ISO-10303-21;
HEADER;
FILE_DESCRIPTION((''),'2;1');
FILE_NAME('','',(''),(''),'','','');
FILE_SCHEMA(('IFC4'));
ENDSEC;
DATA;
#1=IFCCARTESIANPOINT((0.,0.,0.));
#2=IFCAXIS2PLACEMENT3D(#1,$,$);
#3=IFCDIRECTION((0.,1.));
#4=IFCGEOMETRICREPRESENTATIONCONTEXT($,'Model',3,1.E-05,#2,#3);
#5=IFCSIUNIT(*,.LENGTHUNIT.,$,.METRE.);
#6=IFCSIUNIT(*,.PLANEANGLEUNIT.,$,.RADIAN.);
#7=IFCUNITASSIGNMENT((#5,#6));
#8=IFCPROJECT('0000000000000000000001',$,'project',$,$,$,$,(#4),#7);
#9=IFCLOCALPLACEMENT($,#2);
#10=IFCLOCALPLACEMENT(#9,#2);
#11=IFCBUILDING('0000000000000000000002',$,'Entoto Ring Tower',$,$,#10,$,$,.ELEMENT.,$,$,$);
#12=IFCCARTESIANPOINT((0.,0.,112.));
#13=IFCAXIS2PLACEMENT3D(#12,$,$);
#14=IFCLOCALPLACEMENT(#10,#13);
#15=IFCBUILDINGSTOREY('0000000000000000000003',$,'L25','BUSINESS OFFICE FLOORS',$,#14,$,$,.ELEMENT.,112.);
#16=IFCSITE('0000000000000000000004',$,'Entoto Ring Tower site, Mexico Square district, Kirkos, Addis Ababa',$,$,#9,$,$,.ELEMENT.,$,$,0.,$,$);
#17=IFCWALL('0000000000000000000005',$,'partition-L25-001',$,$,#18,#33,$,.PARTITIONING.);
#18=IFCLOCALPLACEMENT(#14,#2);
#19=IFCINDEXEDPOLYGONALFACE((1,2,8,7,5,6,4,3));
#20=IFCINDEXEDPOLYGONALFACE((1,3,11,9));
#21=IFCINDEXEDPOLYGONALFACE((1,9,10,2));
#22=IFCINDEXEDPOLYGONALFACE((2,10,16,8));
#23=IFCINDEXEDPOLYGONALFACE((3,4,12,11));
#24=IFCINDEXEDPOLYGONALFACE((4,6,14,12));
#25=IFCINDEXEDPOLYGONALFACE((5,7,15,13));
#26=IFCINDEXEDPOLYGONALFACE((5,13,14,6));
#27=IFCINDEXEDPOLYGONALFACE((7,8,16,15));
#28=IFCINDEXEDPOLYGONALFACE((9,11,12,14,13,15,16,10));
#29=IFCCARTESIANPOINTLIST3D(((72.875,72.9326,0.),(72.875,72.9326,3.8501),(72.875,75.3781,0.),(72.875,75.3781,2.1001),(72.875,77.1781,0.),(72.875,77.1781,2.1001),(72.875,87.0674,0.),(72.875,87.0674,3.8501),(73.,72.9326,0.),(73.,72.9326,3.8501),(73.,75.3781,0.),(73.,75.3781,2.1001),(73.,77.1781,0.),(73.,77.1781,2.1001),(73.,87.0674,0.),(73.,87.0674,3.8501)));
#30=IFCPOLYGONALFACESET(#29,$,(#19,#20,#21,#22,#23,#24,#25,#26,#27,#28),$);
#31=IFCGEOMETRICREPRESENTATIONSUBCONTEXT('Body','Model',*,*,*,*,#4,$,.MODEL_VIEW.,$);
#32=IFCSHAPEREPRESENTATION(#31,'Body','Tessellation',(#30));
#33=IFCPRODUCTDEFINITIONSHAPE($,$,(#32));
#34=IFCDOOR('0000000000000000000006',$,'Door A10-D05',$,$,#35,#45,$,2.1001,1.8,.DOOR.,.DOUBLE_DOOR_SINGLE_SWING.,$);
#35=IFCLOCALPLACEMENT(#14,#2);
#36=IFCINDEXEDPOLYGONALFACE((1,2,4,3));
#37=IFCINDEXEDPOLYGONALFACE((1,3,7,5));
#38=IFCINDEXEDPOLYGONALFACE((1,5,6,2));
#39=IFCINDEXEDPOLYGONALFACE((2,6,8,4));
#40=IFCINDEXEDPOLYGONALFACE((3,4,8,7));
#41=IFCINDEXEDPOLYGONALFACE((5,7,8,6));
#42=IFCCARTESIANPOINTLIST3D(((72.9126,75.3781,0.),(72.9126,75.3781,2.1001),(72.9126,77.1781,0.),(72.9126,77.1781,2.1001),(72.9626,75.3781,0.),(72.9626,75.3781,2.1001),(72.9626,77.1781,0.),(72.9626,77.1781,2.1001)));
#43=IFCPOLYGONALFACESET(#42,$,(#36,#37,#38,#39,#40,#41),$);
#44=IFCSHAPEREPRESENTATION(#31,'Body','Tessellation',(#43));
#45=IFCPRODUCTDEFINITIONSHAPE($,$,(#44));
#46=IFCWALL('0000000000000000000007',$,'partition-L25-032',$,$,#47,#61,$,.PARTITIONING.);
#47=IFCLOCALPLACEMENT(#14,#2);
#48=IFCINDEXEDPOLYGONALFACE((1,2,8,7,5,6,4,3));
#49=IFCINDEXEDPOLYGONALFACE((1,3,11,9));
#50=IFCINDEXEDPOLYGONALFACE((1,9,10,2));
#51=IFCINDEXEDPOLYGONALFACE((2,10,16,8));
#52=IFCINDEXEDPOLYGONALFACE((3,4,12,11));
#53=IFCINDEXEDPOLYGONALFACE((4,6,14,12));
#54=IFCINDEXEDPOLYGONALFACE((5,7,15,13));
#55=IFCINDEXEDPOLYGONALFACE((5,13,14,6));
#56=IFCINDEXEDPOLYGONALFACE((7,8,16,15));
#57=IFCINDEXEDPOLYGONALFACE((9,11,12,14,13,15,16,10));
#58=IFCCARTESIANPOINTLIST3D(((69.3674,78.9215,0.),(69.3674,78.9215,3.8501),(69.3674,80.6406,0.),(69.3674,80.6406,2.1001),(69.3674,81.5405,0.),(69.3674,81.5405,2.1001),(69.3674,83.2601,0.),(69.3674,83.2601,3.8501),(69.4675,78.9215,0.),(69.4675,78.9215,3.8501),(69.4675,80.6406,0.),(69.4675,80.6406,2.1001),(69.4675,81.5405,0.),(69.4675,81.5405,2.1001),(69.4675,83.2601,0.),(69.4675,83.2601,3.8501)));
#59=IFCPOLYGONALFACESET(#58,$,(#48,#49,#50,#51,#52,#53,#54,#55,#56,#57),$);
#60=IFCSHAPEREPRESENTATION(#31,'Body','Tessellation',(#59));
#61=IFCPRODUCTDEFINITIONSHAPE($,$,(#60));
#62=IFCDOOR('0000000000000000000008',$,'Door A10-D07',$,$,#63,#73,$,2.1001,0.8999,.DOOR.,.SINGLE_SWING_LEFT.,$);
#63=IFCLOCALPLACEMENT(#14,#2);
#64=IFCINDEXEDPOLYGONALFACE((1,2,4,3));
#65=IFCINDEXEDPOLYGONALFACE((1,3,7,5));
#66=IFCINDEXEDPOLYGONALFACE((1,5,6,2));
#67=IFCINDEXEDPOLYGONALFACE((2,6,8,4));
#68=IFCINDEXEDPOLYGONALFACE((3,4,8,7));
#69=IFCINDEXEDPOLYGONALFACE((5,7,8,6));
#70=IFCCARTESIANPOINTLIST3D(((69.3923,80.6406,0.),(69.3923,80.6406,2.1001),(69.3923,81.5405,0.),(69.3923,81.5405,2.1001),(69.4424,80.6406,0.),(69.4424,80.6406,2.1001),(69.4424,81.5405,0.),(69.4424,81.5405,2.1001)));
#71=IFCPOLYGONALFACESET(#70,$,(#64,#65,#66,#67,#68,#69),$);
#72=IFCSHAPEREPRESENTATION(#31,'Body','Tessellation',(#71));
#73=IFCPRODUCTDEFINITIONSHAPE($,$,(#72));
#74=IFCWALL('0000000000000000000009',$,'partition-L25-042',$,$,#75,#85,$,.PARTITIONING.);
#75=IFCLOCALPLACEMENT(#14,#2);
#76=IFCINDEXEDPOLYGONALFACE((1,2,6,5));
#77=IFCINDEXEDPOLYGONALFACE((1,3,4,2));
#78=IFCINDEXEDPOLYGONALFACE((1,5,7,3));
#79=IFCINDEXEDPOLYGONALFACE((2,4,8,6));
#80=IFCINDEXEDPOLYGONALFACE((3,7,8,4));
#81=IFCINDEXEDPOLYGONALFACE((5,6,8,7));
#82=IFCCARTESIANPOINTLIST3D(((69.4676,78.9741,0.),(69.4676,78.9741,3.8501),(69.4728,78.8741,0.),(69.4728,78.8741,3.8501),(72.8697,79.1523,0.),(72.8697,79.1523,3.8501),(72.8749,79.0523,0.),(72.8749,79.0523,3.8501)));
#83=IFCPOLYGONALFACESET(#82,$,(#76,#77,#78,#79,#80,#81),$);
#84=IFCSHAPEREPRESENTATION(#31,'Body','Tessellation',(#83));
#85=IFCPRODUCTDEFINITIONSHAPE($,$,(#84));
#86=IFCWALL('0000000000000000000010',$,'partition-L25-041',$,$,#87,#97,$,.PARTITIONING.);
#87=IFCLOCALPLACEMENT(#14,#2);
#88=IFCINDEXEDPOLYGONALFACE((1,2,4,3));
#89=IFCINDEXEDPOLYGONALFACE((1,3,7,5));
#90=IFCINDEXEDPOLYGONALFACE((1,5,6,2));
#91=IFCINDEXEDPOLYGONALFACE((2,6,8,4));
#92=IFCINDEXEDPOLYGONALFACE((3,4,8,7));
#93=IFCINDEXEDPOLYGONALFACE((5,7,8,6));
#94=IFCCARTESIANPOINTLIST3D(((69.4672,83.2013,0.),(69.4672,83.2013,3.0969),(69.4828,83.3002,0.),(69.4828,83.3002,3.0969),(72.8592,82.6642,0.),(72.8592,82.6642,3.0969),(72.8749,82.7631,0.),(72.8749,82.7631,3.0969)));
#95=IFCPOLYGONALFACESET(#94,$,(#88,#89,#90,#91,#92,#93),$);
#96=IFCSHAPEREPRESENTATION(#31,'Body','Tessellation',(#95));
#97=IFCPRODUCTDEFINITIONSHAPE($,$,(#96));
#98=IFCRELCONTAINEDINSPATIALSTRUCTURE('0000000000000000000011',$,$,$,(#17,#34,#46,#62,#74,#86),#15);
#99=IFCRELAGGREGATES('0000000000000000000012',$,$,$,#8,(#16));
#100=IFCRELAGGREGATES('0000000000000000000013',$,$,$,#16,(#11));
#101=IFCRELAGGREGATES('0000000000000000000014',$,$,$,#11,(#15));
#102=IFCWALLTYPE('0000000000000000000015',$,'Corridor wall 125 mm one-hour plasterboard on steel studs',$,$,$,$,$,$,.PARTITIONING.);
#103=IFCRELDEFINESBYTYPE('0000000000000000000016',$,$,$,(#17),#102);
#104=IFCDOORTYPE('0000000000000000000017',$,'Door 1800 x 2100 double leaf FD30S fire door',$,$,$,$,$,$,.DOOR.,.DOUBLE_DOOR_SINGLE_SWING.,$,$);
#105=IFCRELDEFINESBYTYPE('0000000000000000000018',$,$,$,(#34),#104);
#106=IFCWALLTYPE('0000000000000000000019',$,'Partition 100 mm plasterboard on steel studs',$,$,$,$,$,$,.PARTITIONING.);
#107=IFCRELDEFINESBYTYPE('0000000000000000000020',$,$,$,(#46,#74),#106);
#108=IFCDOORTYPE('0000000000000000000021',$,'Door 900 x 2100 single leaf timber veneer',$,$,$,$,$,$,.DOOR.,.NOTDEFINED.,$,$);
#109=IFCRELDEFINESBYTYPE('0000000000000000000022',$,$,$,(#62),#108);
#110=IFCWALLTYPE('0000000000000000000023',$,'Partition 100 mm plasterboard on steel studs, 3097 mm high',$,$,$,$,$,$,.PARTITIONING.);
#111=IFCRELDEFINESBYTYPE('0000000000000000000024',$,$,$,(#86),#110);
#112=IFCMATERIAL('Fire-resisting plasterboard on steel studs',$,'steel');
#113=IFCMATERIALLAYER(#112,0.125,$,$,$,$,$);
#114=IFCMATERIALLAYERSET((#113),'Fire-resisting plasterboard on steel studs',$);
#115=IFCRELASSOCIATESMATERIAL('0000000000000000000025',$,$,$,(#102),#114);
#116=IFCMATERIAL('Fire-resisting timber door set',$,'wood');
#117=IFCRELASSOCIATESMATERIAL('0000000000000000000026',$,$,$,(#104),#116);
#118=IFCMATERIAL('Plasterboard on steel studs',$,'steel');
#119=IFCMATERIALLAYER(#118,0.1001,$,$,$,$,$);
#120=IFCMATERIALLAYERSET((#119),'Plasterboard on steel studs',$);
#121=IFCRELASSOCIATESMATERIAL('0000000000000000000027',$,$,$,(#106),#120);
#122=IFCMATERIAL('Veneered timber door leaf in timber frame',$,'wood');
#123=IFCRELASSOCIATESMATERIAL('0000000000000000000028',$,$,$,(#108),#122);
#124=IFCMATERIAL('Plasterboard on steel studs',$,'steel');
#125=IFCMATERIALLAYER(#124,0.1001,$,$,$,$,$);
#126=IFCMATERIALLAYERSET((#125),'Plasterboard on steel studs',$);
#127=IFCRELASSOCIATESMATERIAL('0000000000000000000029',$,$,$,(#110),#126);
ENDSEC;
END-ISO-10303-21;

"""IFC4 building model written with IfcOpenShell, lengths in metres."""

from ifc_helpers import new_model, si_unit, direction, frame, frame_2d, origin, place, context, subcontext, project, spatial, rectangle, extrude, material, layer, layer_set, type_object, element, fill, save


model = new_model("IFC4")

# Units and contexts
model_context = context("Model", 3, precision=1e-05, world=origin(), true_north=direction((0.0, 1.0)))
body_context = subcontext(model_context, "Body", "Model", "MODEL_VIEW")
ifc_project = project(units=[si_unit("LENGTHUNIT", "METRE"), si_unit("PLANEANGLEUNIT", "RADIAN")], contexts=[model_context])

# Site, building, storey
site_placement = place(None, origin())
site = spatial("IfcSite", under=ifc_project, at=site_placement, Name="Entoto Ring Tower site, Mexico Square district, Kirkos, Addis Ababa", CompositionType="ELEMENT", RefElevation=0.0)
building_placement = place(site_placement, origin())
building = spatial("IfcBuilding", under=site, at=building_placement, Name="Entoto Ring Tower", CompositionType="ELEMENT")
storey_placement = place(building_placement, frame((0.0, 0.0, 112.0)))
storey = spatial("IfcBuildingStorey", under=building, at=storey_placement, Name="L25", Description="BUSINESS OFFICE FLOORS", CompositionType="ELEMENT", Elevation=112.0)

# Walls, openings, doors
ifc_material_1 = material(Name="Fire-resisting plasterboard on steel studs", Category="steel")
ifc_layer_1 = layer(ifc_material_1, 0.125)
ifc_layer_set_1 = layer_set([ifc_layer_1], Name="Fire-resisting plasterboard on steel studs")
wall_type_1 = type_object("IfcWallType", Name="Corridor wall 125 mm one-hour plasterboard on steel studs", PredefinedType="PARTITIONING", material=ifc_layer_set_1)
wall_1_placement = place(storey_placement, frame((72.9375, 72.9326, 0.0), z_axis=(0.0, 0.0, 1.0), x_axis=(0.0, 1.0, 0.0)))
wall_1 = element("IfcWall", 1, at=wall_1_placement, inside=storey, type_object=wall_type_1, Name="partition-L25-001", PredefinedType="PARTITIONING", context=body_context, shape_type="SweptSolid", body=[
    extrude(rectangle(XDim=14.1348, YDim=0.125, at=frame_2d((7.0674, 0.0))), origin(), (0.0, 0.0, 1.0), 3.8501),
])
opening_1_placement = place(wall_1_placement, frame((2.4456, 0.0, 0.0)))
opening_1 = element("IfcOpeningElement", 2, at=opening_1_placement, cuts=wall_1, PredefinedType="OPENING", context=body_context, shape_type="SweptSolid", body=[
    extrude(rectangle(XDim=1.8, YDim=2.1001, at=frame_2d((0.8999, 1.05))), frame((0.0, 0.0725, 0.0), z_axis=(0.0, -1.0, 0.0), x_axis=(1.0, 0.0, 0.0)), (0.0, 0.0, 1.0), 0.145),
])
ifc_material_2 = material(Name="Fire-resisting timber door set", Category="wood")
door_type_1 = type_object("IfcDoorType", Name="Door 1800 x 2100 double leaf FD30S fire door", OperationType="DOUBLE_DOOR_SINGLE_SWING", PredefinedType="DOOR", material=ifc_material_2)
door_1_placement = place(opening_1_placement, origin())
door_1 = element("IfcDoor", 3, at=door_1_placement, inside=storey, type_object=door_type_1, Name="Door A10-D05", OperationType="DOUBLE_DOOR_SINGLE_SWING", OverallHeight=2.1001, OverallWidth=1.8, PredefinedType="DOOR", context=body_context, shape_type="SweptSolid", body=[
    extrude(rectangle(XDim=1.8, YDim=2.1001, at=frame_2d((0.8999, 1.05))), frame((0.0, 0.0249, 0.0), z_axis=(0.0, -1.0, 0.0), x_axis=(1.0, 0.0, 0.0)), (0.0, 0.0, 1.0), 0.05),
])
fill(opening_1, door_1)
ifc_material_3 = material(Name="Plasterboard on steel studs", Category="steel")
ifc_layer_2 = layer(ifc_material_3, 0.1001)
ifc_layer_set_2 = layer_set([ifc_layer_2], Name="Plasterboard on steel studs")
wall_type_2 = type_object("IfcWallType", Name="Partition 100 mm plasterboard on steel studs", PredefinedType="PARTITIONING", material=ifc_layer_set_2)
wall_2_placement = place(storey_placement, frame((69.4175, 78.9214, 0.0), z_axis=(0.0, 0.0, 1.0), x_axis=(0.0, 1.0, 0.0)))
wall_2 = element("IfcWall", 4, at=wall_2_placement, inside=storey, type_object=wall_type_2, Name="partition-L25-032", PredefinedType="PARTITIONING", context=body_context, shape_type="SweptSolid", body=[
    extrude(rectangle(XDim=4.3386, YDim=0.1001, at=frame_2d((2.1694, 0.0))), origin(), (0.0, 0.0, 1.0), 3.8501),
])
opening_2_placement = place(wall_2_placement, frame((1.7192, 0.0, 0.0)))
opening_2 = element("IfcOpeningElement", 5, at=opening_2_placement, cuts=wall_2, PredefinedType="OPENING", context=body_context, shape_type="SweptSolid", body=[
    extrude(rectangle(XDim=0.8999, YDim=2.1001, at=frame_2d((0.45, 1.05))), frame((0.0, 0.0601, 0.0), z_axis=(0.0, -1.0, 0.0), x_axis=(1.0, 0.0, 0.0)), (0.0, 0.0, 1.0), 0.1201),
])
ifc_material_4 = material(Name="Veneered timber door leaf in timber frame", Category="wood")
door_type_2 = type_object("IfcDoorType", Name="Door 900 x 2100 single leaf timber veneer", OperationType="NOTDEFINED", PredefinedType="DOOR", material=ifc_material_4)
door_2_placement = place(opening_2_placement, frame((0.8999, 0.0, 0.0), z_axis=(0.0, 0.0, 1.0), x_axis=(-1.0, 0.0, 0.0)))
door_2 = element("IfcDoor", 6, at=door_2_placement, inside=storey, type_object=door_type_2, Name="Door A10-D07", OperationType="SINGLE_SWING_LEFT", OverallHeight=2.1001, OverallWidth=0.8999, PredefinedType="DOOR", context=body_context, shape_type="SweptSolid", body=[
    extrude(rectangle(XDim=0.8999, YDim=2.1001, at=frame_2d((0.45, 1.05))), frame((0.0, 0.0249, 0.0), z_axis=(0.0, -1.0, 0.0), x_axis=(1.0, 0.0, 0.0)), (0.0, 0.0, 1.0), 0.05),
])
fill(opening_2, door_2)

# Walls
wall_3_placement = place(storey_placement, frame((69.4702, 78.9241, 0.0), z_axis=(0.0, 0.0, 1.0), x_axis=(0.998631, 0.052314, 0.0)))
element("IfcWall", 7, at=wall_3_placement, inside=storey, type_object=wall_type_2, Name="partition-L25-042", PredefinedType="PARTITIONING", context=body_context, shape_type="SweptSolid", body=[
    extrude(rectangle(XDim=3.4067, YDim=0.1001, at=frame_2d((1.7034, 0.0))), origin(), (0.0, 0.0, 1.0), 3.8501),
])
ifc_material_5 = material(Name="Plasterboard on steel studs", Category="steel")
ifc_layer_3 = layer(ifc_material_5, 0.1001)
ifc_layer_set_3 = layer_set([ifc_layer_3], Name="Plasterboard on steel studs")
wall_type_3 = type_object("IfcWallType", Name="Partition 100 mm plasterboard on steel studs, 3097 mm high", PredefinedType="PARTITIONING", material=ifc_layer_set_3)
wall_4_placement = place(storey_placement, frame((72.8672, 82.7136, 0.0), z_axis=(0.0, 0.0, 1.0), x_axis=(-0.987695, 0.156393, 0.0)))
element("IfcWall", 8, at=wall_4_placement, inside=storey, type_object=wall_type_3, Name="partition-L25-041", PredefinedType="PARTITIONING", context=body_context, shape_type="SweptSolid", body=[
    extrude(rectangle(XDim=3.4343, YDim=0.1001, at=frame_2d((1.7173, 0.0))), origin(), (0.0, 0.0, 1.0), 3.0969),
])

save(model, "model.ifc")
